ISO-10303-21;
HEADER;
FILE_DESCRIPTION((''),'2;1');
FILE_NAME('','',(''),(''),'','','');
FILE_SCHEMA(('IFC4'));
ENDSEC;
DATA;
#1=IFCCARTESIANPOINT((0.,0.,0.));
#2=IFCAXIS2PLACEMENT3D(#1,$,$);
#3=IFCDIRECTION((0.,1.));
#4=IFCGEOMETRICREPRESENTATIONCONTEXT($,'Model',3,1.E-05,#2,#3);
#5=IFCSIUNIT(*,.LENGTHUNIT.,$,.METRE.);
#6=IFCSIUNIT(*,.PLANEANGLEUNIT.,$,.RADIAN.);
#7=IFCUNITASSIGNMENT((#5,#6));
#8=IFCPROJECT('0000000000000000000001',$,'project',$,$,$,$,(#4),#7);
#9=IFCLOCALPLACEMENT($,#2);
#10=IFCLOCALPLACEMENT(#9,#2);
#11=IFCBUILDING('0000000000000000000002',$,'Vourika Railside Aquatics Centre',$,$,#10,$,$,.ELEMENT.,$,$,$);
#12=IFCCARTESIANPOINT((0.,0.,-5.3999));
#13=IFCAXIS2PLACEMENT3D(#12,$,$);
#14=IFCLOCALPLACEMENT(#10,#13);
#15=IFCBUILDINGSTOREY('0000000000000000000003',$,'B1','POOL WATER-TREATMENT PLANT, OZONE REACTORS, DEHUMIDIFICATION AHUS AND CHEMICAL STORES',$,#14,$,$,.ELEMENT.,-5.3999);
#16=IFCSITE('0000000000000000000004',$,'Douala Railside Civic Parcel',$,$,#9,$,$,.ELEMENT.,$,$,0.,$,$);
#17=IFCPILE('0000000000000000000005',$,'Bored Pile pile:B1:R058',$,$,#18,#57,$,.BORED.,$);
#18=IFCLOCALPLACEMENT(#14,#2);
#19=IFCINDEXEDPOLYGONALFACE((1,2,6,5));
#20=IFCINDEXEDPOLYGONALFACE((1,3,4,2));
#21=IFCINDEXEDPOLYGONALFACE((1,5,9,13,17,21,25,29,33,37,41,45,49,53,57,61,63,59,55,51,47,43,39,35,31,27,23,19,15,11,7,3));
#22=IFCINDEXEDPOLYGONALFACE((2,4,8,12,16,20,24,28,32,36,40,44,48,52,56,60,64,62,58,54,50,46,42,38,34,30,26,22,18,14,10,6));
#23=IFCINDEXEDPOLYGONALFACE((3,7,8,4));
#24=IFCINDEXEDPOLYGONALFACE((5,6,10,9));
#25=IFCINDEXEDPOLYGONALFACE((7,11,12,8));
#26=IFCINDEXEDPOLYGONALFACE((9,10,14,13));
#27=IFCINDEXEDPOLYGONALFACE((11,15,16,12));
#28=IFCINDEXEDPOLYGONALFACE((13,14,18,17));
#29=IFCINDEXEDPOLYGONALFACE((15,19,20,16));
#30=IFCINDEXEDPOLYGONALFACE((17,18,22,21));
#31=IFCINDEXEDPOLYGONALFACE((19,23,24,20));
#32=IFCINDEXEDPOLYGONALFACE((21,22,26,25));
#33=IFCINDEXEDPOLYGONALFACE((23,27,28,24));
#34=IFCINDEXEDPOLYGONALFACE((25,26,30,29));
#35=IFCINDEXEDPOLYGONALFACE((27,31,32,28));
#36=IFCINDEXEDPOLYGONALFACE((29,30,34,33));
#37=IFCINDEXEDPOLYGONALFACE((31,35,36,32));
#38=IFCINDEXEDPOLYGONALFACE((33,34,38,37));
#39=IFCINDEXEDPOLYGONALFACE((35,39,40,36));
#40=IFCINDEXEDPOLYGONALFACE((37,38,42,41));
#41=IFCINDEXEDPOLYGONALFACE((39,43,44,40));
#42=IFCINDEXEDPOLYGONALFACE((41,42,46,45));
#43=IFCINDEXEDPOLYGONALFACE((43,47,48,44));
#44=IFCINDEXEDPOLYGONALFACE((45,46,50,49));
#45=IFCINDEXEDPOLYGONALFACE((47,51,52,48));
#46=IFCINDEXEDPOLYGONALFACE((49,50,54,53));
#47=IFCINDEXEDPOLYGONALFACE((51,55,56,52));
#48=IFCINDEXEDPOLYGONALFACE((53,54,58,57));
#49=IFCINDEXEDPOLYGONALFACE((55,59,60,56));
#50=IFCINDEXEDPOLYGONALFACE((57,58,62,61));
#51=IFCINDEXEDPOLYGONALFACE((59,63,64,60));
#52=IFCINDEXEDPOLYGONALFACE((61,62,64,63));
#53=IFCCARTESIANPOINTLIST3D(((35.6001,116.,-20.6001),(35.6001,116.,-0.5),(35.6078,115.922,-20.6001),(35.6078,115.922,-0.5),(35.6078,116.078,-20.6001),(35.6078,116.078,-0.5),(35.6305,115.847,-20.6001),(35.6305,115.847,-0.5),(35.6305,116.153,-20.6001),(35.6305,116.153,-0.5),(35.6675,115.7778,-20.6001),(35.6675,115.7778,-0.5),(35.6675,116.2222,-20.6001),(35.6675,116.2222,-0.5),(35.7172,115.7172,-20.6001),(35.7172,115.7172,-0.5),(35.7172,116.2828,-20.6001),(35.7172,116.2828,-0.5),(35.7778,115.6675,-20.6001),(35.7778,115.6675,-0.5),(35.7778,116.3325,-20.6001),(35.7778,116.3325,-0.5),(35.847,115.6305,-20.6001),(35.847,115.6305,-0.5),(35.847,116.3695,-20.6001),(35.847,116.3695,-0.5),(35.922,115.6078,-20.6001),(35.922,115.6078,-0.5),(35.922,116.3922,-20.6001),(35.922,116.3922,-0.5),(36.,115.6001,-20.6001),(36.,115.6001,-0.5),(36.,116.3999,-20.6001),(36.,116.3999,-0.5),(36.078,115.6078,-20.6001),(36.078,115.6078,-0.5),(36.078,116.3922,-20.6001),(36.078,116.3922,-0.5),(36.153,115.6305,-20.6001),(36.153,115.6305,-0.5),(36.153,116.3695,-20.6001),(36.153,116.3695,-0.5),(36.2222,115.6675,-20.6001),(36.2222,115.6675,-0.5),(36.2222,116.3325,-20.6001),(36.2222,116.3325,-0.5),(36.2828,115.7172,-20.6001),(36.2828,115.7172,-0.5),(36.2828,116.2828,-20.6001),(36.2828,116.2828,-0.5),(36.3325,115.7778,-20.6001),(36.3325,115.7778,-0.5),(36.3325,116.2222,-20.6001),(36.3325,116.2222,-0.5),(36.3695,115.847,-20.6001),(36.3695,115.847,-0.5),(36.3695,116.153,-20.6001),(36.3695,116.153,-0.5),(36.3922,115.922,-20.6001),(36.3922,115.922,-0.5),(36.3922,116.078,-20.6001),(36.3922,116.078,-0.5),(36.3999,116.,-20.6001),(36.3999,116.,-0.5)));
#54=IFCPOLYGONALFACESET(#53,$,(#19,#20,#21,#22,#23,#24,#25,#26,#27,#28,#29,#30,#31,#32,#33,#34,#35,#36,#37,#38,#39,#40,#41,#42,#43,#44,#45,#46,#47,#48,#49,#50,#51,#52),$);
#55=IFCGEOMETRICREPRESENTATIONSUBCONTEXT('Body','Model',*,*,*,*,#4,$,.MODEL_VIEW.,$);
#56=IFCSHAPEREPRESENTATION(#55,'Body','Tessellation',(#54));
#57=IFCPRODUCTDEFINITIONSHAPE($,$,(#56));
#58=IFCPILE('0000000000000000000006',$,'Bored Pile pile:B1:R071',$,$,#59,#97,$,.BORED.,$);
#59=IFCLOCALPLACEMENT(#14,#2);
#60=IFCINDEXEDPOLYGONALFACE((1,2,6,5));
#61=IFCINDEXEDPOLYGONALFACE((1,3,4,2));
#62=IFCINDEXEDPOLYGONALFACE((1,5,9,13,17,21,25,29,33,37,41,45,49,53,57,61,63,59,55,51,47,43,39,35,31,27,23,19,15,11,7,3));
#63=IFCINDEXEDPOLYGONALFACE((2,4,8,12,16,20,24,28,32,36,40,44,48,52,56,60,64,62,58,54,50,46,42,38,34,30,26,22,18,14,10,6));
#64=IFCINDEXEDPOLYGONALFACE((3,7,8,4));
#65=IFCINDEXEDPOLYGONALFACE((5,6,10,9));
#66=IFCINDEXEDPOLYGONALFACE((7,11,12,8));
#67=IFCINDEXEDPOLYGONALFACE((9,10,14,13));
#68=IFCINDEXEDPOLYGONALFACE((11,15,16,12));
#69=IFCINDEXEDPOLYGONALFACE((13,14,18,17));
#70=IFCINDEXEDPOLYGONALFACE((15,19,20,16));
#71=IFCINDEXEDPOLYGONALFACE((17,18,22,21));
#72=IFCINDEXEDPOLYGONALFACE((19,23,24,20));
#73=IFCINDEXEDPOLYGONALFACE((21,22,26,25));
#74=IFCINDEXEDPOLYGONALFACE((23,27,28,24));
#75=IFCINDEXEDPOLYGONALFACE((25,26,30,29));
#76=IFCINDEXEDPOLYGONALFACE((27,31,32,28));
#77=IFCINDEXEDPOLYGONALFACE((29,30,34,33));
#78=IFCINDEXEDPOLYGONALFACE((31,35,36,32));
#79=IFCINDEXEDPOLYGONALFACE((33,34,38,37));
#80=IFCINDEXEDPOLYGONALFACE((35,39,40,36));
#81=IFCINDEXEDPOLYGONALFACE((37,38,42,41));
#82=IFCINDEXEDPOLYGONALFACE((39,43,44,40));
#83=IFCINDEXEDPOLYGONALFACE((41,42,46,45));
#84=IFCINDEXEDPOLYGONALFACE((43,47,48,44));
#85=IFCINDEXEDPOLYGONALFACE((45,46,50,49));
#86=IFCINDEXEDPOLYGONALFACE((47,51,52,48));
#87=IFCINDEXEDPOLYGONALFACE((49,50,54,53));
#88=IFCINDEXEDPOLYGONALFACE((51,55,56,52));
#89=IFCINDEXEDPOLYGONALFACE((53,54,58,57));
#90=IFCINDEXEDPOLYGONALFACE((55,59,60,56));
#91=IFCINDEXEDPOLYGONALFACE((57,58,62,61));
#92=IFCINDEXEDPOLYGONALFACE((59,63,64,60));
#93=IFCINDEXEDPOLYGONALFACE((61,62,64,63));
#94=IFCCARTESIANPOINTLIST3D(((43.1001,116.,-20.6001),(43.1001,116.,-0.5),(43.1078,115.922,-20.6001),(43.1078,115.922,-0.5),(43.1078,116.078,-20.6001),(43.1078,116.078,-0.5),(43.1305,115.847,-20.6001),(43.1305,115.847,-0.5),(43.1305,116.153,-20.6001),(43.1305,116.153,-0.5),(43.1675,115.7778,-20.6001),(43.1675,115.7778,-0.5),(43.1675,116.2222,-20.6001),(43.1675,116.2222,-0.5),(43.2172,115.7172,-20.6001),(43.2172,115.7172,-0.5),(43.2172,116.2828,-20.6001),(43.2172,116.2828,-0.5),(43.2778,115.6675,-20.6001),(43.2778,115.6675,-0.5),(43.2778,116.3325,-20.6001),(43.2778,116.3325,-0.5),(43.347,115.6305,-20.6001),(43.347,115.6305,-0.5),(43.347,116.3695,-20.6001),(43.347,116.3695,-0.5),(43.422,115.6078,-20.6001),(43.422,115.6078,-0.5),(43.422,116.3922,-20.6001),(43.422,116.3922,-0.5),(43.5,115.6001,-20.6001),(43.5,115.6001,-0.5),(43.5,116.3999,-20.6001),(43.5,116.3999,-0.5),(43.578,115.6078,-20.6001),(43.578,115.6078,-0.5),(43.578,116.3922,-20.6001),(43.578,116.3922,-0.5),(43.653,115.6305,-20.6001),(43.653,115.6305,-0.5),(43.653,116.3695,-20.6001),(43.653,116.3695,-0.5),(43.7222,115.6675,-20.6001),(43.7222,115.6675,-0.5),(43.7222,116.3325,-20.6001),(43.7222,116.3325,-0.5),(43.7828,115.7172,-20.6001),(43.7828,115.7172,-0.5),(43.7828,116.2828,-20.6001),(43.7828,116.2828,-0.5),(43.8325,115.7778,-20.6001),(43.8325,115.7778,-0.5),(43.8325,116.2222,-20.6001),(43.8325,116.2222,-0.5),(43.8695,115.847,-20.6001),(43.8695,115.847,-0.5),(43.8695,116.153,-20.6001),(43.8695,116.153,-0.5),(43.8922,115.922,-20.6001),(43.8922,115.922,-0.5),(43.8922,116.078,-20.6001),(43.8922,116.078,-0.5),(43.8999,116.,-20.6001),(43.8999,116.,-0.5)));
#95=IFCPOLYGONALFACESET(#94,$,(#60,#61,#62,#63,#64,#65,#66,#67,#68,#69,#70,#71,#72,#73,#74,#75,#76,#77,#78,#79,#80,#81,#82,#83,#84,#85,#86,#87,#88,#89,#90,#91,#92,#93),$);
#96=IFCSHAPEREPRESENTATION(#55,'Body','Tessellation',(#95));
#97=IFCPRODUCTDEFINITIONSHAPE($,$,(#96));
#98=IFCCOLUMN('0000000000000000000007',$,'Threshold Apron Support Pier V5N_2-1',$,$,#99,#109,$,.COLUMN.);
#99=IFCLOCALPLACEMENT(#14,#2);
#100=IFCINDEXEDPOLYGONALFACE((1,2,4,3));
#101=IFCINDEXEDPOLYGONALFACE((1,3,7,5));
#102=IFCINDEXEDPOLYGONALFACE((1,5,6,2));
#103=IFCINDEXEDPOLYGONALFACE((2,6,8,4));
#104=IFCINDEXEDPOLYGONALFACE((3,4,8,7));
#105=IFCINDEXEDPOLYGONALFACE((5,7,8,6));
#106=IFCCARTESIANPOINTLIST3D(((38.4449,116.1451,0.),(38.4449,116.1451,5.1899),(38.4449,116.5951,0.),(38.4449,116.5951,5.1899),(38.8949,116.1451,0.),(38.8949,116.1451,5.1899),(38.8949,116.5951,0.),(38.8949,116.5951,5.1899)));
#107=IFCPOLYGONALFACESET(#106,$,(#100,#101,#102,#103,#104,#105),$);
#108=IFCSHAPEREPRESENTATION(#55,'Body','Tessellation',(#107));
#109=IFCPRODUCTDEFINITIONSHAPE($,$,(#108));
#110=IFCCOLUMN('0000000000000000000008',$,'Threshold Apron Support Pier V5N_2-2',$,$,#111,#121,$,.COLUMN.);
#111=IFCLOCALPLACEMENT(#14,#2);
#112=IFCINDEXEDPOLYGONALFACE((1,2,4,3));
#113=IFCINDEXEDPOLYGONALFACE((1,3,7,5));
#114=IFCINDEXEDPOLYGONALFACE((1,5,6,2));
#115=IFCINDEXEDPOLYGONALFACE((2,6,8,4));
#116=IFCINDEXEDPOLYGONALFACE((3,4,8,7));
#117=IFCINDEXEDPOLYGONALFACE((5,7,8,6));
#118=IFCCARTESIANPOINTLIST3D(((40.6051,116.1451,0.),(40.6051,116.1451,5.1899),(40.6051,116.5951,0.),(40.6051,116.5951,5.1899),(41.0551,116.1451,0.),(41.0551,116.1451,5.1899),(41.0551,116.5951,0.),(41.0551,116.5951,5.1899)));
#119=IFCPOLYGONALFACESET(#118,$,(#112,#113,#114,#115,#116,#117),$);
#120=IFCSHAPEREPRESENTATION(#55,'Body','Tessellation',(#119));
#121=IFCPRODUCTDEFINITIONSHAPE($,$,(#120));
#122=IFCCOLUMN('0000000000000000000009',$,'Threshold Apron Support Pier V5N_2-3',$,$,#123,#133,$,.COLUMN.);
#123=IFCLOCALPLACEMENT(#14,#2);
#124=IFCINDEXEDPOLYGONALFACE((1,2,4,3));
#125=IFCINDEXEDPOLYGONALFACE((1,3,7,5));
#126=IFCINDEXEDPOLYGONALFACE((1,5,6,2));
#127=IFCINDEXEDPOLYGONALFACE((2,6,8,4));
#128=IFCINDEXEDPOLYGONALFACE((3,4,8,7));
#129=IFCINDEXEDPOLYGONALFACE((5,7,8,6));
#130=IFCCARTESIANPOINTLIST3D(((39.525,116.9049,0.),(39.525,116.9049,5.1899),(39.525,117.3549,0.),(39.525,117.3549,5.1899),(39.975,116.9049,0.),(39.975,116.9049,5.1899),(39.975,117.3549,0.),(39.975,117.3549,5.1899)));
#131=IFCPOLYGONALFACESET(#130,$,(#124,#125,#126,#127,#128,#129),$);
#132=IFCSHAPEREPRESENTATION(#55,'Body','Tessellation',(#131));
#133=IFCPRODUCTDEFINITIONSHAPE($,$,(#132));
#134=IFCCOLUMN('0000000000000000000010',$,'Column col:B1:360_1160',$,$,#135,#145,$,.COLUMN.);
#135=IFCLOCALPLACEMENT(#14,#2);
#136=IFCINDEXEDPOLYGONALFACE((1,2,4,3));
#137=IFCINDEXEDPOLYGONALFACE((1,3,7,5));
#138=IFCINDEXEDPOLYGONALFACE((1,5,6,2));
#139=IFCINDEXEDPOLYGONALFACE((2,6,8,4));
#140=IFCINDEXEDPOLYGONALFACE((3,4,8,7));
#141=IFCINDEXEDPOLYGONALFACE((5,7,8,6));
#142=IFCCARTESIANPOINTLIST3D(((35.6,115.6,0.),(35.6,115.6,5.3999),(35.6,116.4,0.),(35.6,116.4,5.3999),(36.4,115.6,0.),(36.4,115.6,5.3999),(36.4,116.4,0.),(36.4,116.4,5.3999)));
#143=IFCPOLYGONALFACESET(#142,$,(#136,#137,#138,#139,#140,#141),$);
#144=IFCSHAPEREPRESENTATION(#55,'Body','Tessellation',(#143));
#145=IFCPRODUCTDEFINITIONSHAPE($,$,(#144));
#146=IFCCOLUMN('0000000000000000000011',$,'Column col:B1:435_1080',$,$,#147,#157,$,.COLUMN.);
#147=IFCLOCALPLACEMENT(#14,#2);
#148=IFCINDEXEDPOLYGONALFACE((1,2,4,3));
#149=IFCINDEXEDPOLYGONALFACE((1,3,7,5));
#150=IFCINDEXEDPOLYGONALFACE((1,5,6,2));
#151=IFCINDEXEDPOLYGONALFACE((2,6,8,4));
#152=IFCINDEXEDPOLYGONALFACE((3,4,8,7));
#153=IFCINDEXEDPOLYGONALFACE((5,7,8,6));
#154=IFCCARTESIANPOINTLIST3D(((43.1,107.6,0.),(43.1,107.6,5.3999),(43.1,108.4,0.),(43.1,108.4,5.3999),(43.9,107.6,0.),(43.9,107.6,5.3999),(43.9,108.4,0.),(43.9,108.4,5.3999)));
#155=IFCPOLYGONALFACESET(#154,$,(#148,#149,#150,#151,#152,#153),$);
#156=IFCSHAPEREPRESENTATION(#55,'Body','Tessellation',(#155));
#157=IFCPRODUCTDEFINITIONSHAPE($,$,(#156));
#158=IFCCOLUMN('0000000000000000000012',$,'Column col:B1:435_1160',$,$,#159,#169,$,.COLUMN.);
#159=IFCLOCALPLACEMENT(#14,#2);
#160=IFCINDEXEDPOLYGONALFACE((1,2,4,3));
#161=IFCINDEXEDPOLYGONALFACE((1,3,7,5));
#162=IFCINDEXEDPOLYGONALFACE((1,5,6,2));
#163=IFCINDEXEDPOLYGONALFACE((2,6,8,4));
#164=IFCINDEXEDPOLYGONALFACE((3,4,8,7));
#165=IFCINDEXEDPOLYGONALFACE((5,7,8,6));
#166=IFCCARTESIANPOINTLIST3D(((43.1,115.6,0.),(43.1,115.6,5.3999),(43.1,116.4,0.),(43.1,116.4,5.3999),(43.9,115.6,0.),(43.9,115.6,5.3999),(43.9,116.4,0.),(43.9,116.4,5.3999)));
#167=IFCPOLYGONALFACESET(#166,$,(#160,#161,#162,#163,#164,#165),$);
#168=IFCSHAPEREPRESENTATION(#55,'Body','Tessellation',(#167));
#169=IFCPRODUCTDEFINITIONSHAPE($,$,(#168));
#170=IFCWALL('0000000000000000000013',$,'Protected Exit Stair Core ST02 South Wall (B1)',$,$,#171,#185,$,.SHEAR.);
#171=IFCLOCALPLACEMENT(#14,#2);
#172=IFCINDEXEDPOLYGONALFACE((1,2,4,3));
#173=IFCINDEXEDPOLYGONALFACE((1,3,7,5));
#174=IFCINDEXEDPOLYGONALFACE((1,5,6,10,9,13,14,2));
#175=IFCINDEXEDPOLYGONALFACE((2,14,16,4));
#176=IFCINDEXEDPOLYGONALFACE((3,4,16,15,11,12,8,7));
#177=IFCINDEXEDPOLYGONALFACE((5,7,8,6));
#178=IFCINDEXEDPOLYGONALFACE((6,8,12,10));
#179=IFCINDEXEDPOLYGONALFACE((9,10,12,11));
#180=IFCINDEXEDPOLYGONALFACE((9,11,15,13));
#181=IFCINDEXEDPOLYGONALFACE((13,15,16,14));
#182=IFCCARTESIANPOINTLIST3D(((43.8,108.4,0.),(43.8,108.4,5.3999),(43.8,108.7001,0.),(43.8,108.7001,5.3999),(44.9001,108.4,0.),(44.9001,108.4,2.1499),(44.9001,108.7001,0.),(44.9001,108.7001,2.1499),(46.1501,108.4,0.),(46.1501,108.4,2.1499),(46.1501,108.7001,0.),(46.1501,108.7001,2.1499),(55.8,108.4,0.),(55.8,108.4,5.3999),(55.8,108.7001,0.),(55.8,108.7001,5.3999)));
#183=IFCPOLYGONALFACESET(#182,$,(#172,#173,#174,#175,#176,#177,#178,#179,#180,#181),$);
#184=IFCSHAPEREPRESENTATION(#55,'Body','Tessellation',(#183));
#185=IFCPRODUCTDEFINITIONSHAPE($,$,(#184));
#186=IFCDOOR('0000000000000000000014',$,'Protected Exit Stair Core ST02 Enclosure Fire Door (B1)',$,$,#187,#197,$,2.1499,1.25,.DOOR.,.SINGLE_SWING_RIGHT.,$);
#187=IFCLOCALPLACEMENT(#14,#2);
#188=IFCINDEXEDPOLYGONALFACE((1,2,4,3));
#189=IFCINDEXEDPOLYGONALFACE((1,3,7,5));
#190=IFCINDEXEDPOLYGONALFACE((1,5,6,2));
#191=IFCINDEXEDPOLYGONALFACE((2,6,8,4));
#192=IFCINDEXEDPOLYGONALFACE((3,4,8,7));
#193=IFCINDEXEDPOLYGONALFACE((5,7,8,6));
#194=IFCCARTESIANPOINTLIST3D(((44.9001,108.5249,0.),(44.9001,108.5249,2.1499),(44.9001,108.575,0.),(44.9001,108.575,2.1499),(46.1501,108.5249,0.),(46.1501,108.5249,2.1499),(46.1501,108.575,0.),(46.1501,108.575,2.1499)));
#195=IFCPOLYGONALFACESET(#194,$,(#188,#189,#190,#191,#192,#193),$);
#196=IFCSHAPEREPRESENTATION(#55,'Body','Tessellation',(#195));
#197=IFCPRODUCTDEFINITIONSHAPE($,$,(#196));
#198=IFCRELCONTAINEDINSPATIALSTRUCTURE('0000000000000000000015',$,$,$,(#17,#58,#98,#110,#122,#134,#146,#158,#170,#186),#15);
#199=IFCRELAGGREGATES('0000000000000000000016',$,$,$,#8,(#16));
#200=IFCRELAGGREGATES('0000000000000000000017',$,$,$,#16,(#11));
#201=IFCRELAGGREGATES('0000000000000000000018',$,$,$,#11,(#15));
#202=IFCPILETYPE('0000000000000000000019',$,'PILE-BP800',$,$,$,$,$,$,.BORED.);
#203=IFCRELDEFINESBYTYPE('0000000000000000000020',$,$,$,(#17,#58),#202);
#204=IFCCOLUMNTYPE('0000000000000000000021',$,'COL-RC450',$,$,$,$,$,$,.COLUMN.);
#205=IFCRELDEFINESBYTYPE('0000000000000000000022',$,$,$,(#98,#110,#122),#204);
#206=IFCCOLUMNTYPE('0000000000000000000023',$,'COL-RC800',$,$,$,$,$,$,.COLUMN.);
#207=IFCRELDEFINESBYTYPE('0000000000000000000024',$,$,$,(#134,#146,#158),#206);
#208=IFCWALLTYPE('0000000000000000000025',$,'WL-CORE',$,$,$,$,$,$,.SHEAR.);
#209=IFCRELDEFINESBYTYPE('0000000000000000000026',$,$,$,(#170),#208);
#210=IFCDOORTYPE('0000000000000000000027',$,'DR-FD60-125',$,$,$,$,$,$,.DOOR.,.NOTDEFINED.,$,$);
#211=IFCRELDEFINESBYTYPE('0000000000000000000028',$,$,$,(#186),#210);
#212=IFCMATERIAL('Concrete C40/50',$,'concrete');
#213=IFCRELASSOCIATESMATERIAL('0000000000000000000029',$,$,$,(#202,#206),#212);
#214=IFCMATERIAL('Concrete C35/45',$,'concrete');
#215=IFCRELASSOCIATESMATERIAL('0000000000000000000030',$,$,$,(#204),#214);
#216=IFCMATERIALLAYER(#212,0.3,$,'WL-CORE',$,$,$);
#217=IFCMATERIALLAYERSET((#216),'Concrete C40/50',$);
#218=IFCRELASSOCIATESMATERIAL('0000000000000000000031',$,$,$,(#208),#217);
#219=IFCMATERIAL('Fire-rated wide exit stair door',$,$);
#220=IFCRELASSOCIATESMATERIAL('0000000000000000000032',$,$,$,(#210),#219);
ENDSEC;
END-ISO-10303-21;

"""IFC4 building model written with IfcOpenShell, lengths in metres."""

from ifc_helpers import new_model, si_unit, direction, frame, frame_2d, origin, origin_2d, place, context, subcontext, project, spatial, rectangle, circle, extrude, material, layer, layer_set, material_profile, profile_set, type_object, element, fill, save


model = new_model("IFC4")

# Units and contexts
model_context = context("Model", 3, precision=1e-05, world=origin(), true_north=direction((0.0, 1.0)))
body_context = subcontext(model_context, "Body", "Model", "MODEL_VIEW")
ifc_project = project(units=[si_unit("LENGTHUNIT", "METRE"), si_unit("PLANEANGLEUNIT", "RADIAN")], contexts=[model_context])

# Site, building, storey
site_placement = place(None, origin())
site = spatial("IfcSite", under=ifc_project, at=site_placement, Name="Douala Railside Civic Parcel", CompositionType="ELEMENT", RefElevation=0.0)
building_placement = place(site_placement, origin())
building = spatial("IfcBuilding", under=site, at=building_placement, Name="Vourika Railside Aquatics Centre", CompositionType="ELEMENT")
storey_placement = place(building_placement, frame((0.0, 0.0, -5.3999)))
storey = spatial("IfcBuildingStorey", under=building, at=storey_placement, Name="B1", Description="POOL WATER-TREATMENT PLANT, OZONE REACTORS, DEHUMIDIFICATION AHUS AND CHEMICAL STORES", CompositionType="ELEMENT", Elevation=-5.3999)

# Piles
ifc_material_1 = material(Name="Concrete C40/50", Category="concrete")
ifc_material_profile_1 = material_profile(ifc_material_1, circle(Radius=0.3999, at=origin_2d()), Name="BP 800")
ifc_profile_set_1 = profile_set([ifc_material_profile_1], Name="Concrete C40/50")
pile_type = type_object("IfcPileType", Name="PILE-BP800", PredefinedType="BORED", material=ifc_profile_set_1)
for number, where, z_axis, x_axis, name in (
    (1, (36.0, 116.0, -0.5), (0.0, 0.0, -1.0), (1.0, 0.0, 0.0), "Bored Pile pile:B1:R058"),
    (2, (43.5, 116.0, -0.5), (0.0, 0.0, -1.0), (1.0, 0.0, 0.0), "Bored Pile pile:B1:R071"),
):
    element("IfcPile", number, at=place(storey_placement, frame(where, z_axis=z_axis, x_axis=x_axis)), inside=storey, type_object=pile_type, Name=name, PredefinedType="BORED", context=body_context, shape_type="SweptSolid", body=[
        extrude(circle(Radius=0.3999, at=origin_2d()), origin(), (0.0, 0.0, 1.0), 20.1001),
    ])

# Columns
ifc_material_2 = material(Name="Concrete C35/45", Category="concrete")
ifc_material_profile_2 = material_profile(ifc_material_2, rectangle(XDim=0.45, YDim=0.45, at=origin_2d()), Name="RC 450x450")
ifc_profile_set_2 = profile_set([ifc_material_profile_2], Name="Concrete C35/45")
column_type_1 = type_object("IfcColumnType", Name="COL-RC450", PredefinedType="COLUMN", material=ifc_profile_set_2)
for number, where, z_axis, x_axis, name in (
    (3, (38.6699, 116.3701, 0.0), (0.0, 0.0, 1.0), (1.0, 0.0, 0.0), "Threshold Apron Support Pier V5N_2-1"),
    (4, (40.8301, 116.3701, 0.0), (0.0, 0.0, 1.0), (1.0, 0.0, 0.0), "Threshold Apron Support Pier V5N_2-2"),
    (5, (39.75, 117.1299, 0.0), (0.0, 0.0, 1.0), (1.0, 0.0, 0.0), "Threshold Apron Support Pier V5N_2-3"),
):
    element("IfcColumn", number, at=place(storey_placement, frame(where, z_axis=z_axis, x_axis=x_axis)), inside=storey, type_object=column_type_1, Name=name, PredefinedType="COLUMN", context=body_context, shape_type="SweptSolid", body=[
        extrude(rectangle(XDim=0.45, YDim=0.45, at=origin_2d()), origin(), (0.0, 0.0, 1.0), 5.1899),
    ])
ifc_material_profile_3 = material_profile(ifc_material_1, rectangle(XDim=0.8, YDim=0.8, at=origin_2d()), Name="RC 800x800")
ifc_profile_set_3 = profile_set([ifc_material_profile_3], Name="Concrete C40/50")
column_type_2 = type_object("IfcColumnType", Name="COL-RC800", PredefinedType="COLUMN", material=ifc_profile_set_3)
for number, where, z_axis, x_axis, name in (
    (6, (36.0, 116.0, 0.0), (0.0, 0.0, 1.0), (1.0, 0.0, 0.0), "Column col:B1:360_1160"),
    (7, (43.5, 108.0, 0.0), (0.0, 0.0, 1.0), (1.0, 0.0, 0.0), "Column col:B1:435_1080"),
    (8, (43.5, 116.0, 0.0), (0.0, 0.0, 1.0), (1.0, 0.0, 0.0), "Column col:B1:435_1160"),
):
    element("IfcColumn", number, at=place(storey_placement, frame(where, z_axis=z_axis, x_axis=x_axis)), inside=storey, type_object=column_type_2, Name=name, PredefinedType="COLUMN", context=body_context, shape_type="SweptSolid", body=[
        extrude(rectangle(XDim=0.8, YDim=0.8, at=origin_2d()), origin(), (0.0, 0.0, 1.0), 5.3999),
    ])

# Wall, opening, door
ifc_layer_1 = layer(ifc_material_1, 0.3, Name="WL-CORE")
ifc_layer_set_1 = layer_set([ifc_layer_1], Name="Concrete C40/50")
wall_type_1 = type_object("IfcWallType", Name="WL-CORE", PredefinedType="SHEAR", material=ifc_layer_set_1)
wall_1_placement = place(storey_placement, frame((43.8, 108.55, 0.0), z_axis=(0.0, 0.0, 1.0), x_axis=(1.0, 0.0, 0.0)))
wall_1 = element("IfcWall", 9, at=wall_1_placement, inside=storey, type_object=wall_type_1, Name="Protected Exit Stair Core ST02 South Wall (B1)", PredefinedType="SHEAR", context=body_context, shape_type="SweptSolid", body=[
    extrude(rectangle(XDim=12.0, YDim=0.3, at=frame_2d((6.0, 0.0))), origin(), (0.0, 0.0, 1.0), 5.3999),
])
opening_placement = place(wall_1_placement, frame((1.1001, 0.0, 0.0)))
opening = element("IfcOpeningElement", 10, at=opening_placement, cuts=wall_1, PredefinedType="OPENING", context=body_context, shape_type="SweptSolid", body=[
    extrude(rectangle(XDim=1.25, YDim=2.1499, at=frame_2d((0.625, 1.075))), frame((0.0, 0.1602, 0.0), z_axis=(0.0, -1.0, 0.0), x_axis=(1.0, 0.0, 0.0)), (0.0, 0.0, 1.0), 0.3201),
])
ifc_material_3 = material(Name="Fire-rated wide exit stair door")
door_type = type_object("IfcDoorType", Name="DR-FD60-125", OperationType="NOTDEFINED", PredefinedType="DOOR", material=ifc_material_3)
door_placement = place(opening_placement, origin())
door = element("IfcDoor", 11, at=door_placement, inside=storey, type_object=door_type, Name="Protected Exit Stair Core ST02 Enclosure Fire Door (B1)", OperationType="SINGLE_SWING_RIGHT", OverallHeight=2.1499, OverallWidth=1.25, PredefinedType="DOOR", context=body_context, shape_type="SweptSolid", body=[
    extrude(rectangle(XDim=1.25, YDim=2.1499, at=frame_2d((0.625, 1.075))), frame((0.0, 0.0249, 0.0), z_axis=(0.0, -1.0, 0.0), x_axis=(1.0, 0.0, 0.0)), (0.0, 0.0, 1.0), 0.05),
])
fill(opening, door)

save(model, "model.ifc")
